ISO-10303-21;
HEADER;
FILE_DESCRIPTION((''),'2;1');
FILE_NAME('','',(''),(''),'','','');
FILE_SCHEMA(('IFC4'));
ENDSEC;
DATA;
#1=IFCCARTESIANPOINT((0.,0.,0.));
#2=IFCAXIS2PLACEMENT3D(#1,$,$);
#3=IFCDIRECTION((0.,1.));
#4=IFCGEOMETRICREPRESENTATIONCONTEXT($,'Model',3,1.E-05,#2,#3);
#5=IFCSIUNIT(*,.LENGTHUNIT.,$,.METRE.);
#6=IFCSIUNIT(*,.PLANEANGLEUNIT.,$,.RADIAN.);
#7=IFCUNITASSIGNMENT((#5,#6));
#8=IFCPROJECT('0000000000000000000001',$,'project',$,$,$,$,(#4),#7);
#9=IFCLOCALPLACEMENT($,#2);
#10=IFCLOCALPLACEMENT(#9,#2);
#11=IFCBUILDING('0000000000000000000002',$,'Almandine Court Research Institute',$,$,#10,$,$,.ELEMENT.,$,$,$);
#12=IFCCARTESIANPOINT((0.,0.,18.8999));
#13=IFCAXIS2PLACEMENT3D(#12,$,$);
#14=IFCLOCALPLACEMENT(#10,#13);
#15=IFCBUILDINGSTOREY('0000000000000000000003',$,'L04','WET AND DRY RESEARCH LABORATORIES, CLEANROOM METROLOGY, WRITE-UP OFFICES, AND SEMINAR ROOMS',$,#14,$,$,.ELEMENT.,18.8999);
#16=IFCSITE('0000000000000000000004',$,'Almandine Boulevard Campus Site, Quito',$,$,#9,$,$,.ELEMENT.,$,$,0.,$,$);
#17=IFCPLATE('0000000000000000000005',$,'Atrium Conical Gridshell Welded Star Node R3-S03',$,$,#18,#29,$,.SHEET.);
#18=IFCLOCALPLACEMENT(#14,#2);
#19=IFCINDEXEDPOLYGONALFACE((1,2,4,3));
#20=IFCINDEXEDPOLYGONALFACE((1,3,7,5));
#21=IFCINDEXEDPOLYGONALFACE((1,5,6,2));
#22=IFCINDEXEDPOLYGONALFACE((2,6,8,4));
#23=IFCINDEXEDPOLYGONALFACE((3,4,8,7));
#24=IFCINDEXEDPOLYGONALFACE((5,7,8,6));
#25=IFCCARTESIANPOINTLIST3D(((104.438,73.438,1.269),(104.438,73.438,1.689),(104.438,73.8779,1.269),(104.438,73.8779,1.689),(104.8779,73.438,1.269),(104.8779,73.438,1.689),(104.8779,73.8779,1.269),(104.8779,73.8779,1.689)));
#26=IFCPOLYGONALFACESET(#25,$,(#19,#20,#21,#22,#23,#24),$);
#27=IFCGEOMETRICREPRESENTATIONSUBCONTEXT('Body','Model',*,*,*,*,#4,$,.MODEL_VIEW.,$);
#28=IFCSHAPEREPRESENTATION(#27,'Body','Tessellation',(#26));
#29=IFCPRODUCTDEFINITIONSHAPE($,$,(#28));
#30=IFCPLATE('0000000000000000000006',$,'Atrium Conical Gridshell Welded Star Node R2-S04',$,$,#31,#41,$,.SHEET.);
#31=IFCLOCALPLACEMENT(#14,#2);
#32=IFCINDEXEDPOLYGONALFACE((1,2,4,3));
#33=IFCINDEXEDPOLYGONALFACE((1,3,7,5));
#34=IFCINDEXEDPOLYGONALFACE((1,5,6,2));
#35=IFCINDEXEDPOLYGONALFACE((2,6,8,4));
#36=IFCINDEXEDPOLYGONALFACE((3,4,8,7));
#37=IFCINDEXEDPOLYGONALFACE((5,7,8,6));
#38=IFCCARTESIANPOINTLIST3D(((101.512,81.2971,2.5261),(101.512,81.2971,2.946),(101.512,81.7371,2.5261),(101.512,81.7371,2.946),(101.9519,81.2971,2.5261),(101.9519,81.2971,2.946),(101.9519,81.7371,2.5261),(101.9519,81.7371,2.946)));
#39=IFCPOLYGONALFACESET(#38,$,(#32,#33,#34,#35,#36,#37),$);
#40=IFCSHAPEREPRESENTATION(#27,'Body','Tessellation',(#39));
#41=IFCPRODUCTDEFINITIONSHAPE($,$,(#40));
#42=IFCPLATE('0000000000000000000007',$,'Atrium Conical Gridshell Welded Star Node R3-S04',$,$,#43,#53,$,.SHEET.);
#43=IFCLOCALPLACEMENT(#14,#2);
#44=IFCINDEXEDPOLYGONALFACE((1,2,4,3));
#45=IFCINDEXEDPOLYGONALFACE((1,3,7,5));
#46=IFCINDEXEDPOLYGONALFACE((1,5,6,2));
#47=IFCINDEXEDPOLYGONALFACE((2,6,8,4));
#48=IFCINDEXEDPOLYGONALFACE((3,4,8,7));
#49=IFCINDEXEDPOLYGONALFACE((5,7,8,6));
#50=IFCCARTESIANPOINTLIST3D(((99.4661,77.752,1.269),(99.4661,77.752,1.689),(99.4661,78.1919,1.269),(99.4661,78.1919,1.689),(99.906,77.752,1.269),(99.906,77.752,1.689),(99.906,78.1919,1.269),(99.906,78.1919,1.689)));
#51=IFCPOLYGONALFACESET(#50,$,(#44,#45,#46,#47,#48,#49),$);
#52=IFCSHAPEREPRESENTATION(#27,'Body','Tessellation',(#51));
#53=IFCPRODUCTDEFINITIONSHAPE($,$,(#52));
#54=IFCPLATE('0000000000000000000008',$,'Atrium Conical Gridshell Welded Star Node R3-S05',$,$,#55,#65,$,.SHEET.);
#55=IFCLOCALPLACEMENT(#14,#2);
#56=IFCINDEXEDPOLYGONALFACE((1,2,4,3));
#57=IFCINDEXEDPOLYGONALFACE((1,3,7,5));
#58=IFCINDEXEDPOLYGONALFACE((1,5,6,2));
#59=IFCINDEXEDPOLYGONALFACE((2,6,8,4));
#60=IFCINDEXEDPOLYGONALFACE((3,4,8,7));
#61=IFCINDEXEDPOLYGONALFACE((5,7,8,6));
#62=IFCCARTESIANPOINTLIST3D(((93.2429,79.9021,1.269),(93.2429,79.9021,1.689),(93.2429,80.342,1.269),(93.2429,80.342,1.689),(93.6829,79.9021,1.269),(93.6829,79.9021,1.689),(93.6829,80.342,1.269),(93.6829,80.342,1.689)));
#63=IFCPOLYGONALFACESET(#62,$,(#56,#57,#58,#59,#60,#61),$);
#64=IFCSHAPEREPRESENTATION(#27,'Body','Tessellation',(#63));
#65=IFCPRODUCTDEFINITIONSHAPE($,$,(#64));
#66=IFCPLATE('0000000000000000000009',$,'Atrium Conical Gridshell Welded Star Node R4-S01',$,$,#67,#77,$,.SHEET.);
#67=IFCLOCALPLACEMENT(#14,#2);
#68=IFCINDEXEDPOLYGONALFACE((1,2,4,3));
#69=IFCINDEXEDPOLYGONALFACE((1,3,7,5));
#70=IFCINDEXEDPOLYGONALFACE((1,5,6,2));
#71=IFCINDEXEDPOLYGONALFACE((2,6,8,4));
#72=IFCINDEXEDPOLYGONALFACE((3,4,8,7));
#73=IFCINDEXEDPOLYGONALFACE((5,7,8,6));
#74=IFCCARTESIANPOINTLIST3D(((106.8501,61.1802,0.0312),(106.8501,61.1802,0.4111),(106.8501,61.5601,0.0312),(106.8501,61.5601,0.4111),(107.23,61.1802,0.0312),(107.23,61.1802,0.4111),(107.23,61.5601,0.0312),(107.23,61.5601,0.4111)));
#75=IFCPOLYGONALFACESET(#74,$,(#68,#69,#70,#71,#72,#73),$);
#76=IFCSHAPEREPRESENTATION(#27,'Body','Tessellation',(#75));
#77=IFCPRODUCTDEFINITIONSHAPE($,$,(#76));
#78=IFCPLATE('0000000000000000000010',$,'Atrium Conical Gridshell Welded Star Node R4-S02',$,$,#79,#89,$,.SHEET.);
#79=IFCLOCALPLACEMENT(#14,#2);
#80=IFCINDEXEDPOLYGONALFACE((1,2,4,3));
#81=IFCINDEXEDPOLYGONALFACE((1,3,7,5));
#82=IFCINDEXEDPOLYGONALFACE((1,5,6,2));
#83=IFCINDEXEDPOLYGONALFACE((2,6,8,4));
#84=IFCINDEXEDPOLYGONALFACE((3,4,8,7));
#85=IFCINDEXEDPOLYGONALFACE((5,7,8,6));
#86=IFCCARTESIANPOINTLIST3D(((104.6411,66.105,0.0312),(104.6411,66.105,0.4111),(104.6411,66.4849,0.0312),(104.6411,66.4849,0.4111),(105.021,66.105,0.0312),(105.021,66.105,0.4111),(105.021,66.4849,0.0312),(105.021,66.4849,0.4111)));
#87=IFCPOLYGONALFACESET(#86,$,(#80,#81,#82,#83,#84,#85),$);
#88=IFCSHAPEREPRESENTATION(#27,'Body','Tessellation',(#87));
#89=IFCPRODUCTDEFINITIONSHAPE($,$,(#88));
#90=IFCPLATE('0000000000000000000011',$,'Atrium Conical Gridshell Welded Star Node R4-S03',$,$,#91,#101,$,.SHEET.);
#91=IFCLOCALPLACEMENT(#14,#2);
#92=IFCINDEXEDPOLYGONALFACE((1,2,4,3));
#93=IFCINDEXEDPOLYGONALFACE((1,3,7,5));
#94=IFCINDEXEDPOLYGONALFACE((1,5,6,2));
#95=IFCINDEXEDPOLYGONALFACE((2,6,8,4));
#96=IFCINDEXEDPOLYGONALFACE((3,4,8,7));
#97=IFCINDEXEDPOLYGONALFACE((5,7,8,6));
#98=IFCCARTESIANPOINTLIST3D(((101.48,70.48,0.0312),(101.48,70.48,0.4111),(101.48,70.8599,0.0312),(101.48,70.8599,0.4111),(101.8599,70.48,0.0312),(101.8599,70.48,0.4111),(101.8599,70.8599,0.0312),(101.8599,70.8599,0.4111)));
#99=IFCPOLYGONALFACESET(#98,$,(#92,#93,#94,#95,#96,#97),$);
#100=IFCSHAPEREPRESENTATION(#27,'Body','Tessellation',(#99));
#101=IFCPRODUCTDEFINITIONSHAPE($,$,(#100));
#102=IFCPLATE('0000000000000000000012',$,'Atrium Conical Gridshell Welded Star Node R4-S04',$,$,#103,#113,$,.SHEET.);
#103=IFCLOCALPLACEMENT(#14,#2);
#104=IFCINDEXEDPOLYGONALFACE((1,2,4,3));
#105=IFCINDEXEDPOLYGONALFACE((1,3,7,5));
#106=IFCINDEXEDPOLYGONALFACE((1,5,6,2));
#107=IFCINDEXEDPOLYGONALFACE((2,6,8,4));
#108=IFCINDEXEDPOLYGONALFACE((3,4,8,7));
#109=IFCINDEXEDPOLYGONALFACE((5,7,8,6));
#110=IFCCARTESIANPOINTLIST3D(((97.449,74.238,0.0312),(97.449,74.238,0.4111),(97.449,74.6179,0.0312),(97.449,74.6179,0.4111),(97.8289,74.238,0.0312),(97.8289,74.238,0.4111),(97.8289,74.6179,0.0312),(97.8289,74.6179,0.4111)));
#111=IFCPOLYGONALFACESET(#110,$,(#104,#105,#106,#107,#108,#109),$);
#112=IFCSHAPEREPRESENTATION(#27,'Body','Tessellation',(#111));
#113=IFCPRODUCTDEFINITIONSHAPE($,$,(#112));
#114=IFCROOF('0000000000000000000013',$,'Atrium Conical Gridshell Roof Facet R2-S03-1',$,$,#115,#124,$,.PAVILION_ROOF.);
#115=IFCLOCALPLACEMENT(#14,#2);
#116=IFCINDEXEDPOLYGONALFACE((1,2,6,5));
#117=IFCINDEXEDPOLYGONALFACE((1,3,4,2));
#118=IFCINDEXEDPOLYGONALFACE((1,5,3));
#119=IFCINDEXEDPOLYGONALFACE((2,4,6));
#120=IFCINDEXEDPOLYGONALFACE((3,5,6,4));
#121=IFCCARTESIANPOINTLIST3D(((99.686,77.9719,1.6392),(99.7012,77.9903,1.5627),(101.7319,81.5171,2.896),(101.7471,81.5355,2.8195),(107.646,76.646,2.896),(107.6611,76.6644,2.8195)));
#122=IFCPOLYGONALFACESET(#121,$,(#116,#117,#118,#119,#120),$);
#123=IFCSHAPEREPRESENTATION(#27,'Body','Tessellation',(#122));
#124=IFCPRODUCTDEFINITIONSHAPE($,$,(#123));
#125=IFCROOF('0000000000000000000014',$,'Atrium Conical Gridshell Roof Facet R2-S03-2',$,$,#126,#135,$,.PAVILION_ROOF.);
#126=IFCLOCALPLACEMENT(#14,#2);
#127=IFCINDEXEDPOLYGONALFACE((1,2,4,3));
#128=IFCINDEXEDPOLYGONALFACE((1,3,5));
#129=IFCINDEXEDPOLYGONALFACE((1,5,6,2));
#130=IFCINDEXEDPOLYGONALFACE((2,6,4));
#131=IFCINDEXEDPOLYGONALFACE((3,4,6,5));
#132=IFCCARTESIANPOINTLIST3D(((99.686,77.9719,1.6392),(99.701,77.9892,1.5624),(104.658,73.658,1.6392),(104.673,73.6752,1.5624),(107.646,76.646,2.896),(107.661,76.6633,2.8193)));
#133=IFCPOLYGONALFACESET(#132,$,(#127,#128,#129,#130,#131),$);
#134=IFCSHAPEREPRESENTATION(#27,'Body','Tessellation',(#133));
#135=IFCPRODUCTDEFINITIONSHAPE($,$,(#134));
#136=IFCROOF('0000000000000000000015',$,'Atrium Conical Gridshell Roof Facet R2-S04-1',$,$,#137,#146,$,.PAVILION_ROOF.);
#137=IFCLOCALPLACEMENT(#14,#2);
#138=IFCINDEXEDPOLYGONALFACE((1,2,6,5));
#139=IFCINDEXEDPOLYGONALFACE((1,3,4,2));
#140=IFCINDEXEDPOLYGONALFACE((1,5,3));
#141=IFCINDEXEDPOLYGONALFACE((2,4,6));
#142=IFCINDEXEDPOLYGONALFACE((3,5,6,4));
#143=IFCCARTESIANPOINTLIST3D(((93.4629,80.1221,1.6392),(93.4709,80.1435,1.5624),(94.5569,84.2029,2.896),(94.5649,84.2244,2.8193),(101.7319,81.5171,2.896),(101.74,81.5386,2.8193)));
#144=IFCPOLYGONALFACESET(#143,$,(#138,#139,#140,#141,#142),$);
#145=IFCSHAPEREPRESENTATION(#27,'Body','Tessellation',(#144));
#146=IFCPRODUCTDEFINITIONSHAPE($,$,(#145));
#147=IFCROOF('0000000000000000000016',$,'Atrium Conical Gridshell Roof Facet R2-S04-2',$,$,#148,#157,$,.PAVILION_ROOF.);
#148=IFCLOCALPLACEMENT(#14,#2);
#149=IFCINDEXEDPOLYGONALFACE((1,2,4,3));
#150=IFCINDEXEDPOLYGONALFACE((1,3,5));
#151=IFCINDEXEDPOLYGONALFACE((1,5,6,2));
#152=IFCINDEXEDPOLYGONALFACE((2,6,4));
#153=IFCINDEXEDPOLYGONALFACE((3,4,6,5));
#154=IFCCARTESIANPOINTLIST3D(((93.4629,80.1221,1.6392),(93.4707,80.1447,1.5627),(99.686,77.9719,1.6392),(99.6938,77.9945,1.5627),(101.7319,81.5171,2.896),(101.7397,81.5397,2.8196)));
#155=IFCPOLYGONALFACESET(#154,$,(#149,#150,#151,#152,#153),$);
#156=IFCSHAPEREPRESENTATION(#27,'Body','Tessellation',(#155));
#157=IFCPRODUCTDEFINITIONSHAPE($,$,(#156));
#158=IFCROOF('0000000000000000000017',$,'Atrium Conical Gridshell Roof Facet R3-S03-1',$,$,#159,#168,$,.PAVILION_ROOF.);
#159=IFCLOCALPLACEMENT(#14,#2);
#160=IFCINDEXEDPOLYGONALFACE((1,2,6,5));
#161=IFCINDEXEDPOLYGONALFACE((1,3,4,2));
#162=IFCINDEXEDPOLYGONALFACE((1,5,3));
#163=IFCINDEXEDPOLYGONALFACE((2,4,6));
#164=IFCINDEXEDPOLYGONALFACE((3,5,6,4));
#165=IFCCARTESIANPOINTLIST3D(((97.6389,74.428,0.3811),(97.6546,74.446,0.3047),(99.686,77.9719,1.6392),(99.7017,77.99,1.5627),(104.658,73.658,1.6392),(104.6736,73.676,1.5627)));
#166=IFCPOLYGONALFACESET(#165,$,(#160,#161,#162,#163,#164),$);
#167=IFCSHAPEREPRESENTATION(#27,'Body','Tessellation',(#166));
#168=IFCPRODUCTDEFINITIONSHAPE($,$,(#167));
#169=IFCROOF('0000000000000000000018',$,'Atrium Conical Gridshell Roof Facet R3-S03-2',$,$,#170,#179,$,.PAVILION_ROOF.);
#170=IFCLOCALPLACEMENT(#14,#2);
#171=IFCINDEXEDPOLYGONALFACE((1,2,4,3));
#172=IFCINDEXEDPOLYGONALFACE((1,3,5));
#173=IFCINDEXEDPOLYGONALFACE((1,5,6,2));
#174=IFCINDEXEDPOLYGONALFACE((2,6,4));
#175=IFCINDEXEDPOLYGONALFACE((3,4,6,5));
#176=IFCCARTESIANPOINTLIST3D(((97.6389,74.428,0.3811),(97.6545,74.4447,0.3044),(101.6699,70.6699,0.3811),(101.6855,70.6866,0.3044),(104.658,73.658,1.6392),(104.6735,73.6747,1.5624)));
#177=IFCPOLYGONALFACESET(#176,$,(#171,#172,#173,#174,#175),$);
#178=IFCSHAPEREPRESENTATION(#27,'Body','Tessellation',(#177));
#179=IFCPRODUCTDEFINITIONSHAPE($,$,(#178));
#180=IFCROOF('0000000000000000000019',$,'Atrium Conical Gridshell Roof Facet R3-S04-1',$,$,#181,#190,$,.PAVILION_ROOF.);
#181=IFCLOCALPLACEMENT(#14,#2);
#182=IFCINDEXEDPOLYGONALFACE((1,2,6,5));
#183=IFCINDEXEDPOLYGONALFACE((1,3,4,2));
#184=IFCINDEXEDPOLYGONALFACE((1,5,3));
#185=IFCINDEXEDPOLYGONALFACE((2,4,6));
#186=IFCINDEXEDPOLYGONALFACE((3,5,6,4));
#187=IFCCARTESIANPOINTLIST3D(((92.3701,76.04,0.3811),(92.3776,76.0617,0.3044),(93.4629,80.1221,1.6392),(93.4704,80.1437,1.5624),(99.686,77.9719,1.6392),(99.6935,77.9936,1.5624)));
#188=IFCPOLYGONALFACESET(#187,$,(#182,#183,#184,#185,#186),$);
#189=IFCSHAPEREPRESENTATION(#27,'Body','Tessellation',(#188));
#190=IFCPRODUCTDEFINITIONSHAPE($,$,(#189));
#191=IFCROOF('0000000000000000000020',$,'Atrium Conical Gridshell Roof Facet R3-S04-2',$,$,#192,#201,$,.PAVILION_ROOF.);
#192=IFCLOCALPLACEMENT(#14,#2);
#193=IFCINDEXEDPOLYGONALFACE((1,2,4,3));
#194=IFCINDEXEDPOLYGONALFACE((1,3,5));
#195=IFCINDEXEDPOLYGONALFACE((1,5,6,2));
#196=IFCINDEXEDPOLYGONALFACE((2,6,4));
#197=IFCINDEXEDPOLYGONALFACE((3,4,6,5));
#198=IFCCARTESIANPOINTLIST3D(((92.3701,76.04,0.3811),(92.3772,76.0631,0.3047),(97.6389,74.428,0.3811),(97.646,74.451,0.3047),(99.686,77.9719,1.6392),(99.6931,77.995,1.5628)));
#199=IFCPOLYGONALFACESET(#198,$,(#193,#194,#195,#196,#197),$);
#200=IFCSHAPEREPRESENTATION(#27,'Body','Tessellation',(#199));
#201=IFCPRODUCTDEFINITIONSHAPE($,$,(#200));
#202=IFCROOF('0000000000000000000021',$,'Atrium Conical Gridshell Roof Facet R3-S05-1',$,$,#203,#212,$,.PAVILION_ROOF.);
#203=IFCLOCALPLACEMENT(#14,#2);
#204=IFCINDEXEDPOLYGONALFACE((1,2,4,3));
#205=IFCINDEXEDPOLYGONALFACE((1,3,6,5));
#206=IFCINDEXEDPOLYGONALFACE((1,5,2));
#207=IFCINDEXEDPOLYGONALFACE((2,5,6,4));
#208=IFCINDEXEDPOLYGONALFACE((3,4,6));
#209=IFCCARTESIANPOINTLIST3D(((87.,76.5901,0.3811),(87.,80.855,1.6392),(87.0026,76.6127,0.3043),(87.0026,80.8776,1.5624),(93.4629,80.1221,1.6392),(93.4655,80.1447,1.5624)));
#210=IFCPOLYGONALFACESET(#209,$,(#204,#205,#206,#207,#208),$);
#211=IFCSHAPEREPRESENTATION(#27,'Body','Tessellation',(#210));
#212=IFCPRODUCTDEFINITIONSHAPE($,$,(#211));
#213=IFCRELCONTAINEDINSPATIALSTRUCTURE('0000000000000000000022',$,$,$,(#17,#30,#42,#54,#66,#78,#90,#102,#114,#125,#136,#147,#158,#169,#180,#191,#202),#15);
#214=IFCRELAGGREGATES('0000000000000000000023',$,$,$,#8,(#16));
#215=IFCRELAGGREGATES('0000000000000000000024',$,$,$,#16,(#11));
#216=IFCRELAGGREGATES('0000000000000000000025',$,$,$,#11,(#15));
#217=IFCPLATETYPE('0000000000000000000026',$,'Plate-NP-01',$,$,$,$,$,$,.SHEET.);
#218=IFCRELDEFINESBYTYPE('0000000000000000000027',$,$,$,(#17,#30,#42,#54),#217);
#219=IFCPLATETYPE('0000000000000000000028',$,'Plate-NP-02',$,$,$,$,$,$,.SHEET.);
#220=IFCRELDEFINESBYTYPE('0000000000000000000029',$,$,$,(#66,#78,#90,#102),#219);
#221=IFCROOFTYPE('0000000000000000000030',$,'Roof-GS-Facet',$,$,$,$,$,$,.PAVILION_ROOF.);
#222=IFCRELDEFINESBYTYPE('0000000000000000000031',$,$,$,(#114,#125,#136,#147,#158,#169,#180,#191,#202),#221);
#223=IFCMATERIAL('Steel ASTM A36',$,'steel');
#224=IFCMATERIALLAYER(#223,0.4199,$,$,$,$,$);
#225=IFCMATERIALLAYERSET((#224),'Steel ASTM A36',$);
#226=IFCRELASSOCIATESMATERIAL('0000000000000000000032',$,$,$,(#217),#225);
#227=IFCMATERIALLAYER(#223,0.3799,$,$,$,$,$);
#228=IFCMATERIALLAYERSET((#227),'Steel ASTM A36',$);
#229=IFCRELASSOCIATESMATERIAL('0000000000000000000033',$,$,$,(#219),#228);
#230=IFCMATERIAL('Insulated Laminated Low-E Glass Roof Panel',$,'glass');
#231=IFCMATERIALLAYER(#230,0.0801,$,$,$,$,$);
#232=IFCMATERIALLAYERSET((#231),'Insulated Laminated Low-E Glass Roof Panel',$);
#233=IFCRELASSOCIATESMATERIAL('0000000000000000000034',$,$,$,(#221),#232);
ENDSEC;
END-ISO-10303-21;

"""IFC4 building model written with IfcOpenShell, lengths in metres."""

from ifc_helpers import new_model, si_unit, direction, frame, origin, origin_2d, place, context, subcontext, project, spatial, polyline, rectangle, outline, extrude, material, layer, layer_set, type_object, element, save


model = new_model("IFC4")

# Units and contexts
model_context = context("Model", 3, precision=1e-05, world=origin(), true_north=direction((0.0, 1.0)))
body_context = subcontext(model_context, "Body", "Model", "MODEL_VIEW")
ifc_project = project(units=[si_unit("LENGTHUNIT", "METRE"), si_unit("PLANEANGLEUNIT", "RADIAN")], contexts=[model_context])

# Site, building, storey
site_placement = place(None, origin())
site = spatial("IfcSite", under=ifc_project, at=site_placement, Name="Almandine Boulevard Campus Site, Quito", CompositionType="ELEMENT", RefElevation=0.0)
building_placement = place(site_placement, origin())
building = spatial("IfcBuilding", under=site, at=building_placement, Name="Almandine Court Research Institute", CompositionType="ELEMENT")
storey_placement = place(building_placement, frame((0.0, 0.0, 18.8999)))
storey = spatial("IfcBuildingStorey", under=building, at=storey_placement, Name="L04", Description="WET AND DRY RESEARCH LABORATORIES, CLEANROOM METROLOGY, WRITE-UP OFFICES, AND SEMINAR ROOMS", CompositionType="ELEMENT", Elevation=18.8999)

# Plates
ifc_material_1 = material(Name="Steel ASTM A36", Category="steel")
ifc_layer_1 = layer(ifc_material_1, 0.4199)
ifc_layer_set_1 = layer_set([ifc_layer_1], Name="Steel ASTM A36")
plate_type_1 = type_object("IfcPlateType", Name="Plate-NP-01", PredefinedType="SHEET", material=ifc_layer_set_1)
for number, where, z_axis, x_axis, name in (
    (1, (104.658, 73.658, 1.269), (0.0, 0.0, 1.0), (1.0, 0.0, 0.0), "Atrium Conical Gridshell Welded Star Node R3-S03"),
    (2, (101.7319, 81.5171, 2.5261), (0.0, 0.0, 1.0), (1.0, 0.0, 0.0), "Atrium Conical Gridshell Welded Star Node R2-S04"),
    (3, (99.686, 77.9719, 1.269), (0.0, 0.0, 1.0), (1.0, 0.0, 0.0), "Atrium Conical Gridshell Welded Star Node R3-S04"),
    (4, (93.4629, 80.1221, 1.269), (0.0, 0.0, 1.0), (1.0, 0.0, 0.0), "Atrium Conical Gridshell Welded Star Node R3-S05"),
):
    element("IfcPlate", number, at=place(storey_placement, frame(where, z_axis=z_axis, x_axis=x_axis)), inside=storey, type_object=plate_type_1, Name=name, PredefinedType="SHEET", context=body_context, shape_type="SweptSolid", body=[
        extrude(rectangle(XDim=0.4399, YDim=0.4399, at=origin_2d()), origin(), (0.0, 0.0, 1.0), 0.4199),
    ])
ifc_layer_2 = layer(ifc_material_1, 0.3799)
ifc_layer_set_2 = layer_set([ifc_layer_2], Name="Steel ASTM A36")
plate_type_2 = type_object("IfcPlateType", Name="Plate-NP-02", PredefinedType="SHEET", material=ifc_layer_set_2)
for number, where, z_axis, x_axis, name in (
    (5, (107.04, 61.3701, 0.0312), (0.0, 0.0, 1.0), (1.0, 0.0, 0.0), "Atrium Conical Gridshell Welded Star Node R4-S01"),
    (6, (104.8311, 66.2949, 0.0312), (0.0, 0.0, 1.0), (1.0, 0.0, 0.0), "Atrium Conical Gridshell Welded Star Node R4-S02"),
    (7, (101.6699, 70.6699, 0.0312), (0.0, 0.0, 1.0), (1.0, 0.0, 0.0), "Atrium Conical Gridshell Welded Star Node R4-S03"),
    (8, (97.6389, 74.428, 0.0312), (0.0, 0.0, 1.0), (1.0, 0.0, 0.0), "Atrium Conical Gridshell Welded Star Node R4-S04"),
):
    element("IfcPlate", number, at=place(storey_placement, frame(where, z_axis=z_axis, x_axis=x_axis)), inside=storey, type_object=plate_type_2, Name=name, PredefinedType="SHEET", context=body_context, shape_type="SweptSolid", body=[
        extrude(rectangle(XDim=0.3799, YDim=0.3799, at=origin_2d()), origin(), (0.0, 0.0, 1.0), 0.3799),
    ])

# Roofs
ifc_material_2 = material(Name="Insulated Laminated Low-E Glass Roof Panel", Category="glass")
ifc_layer_3 = layer(ifc_material_2, 0.0801)
ifc_layer_set_3 = layer_set([ifc_layer_3], Name="Insulated Laminated Low-E Glass Roof Panel")
roof_type = type_object("IfcRoofType", Name="Roof-GS-Facet", PredefinedType="PAVILION_ROOF", material=ifc_layer_set_3)
roof_1_placement = place(storey_placement, frame((107.646, 76.646, 2.896), z_axis=(-0.188977, -0.229439, 0.954801), x_axis=(-0.771886, 0.635761, 0.0)))
element("IfcRoof", 9, at=roof_1_placement, inside=storey, type_object=roof_type, Name="Atrium Conical Gridshell Roof Facet R2-S03-1", PredefinedType="PAVILION_ROOF", context=body_context, shape_type="SweptSolid", body=[
    extrude(outline(polyline([(0.0, 0.0), (7.6618, 0.0), (6.9872, 4.2283), (0.0, 0.0)])), origin(), (0.0, 0.0, -1.0), 0.0801),
])
roof_2_placement = place(storey_placement, frame((107.646, 76.646, 2.896), z_axis=(-0.187262, -0.215823, 0.958307), x_axis=(-0.974658, 0.162353, -0.153893)))
element("IfcRoof", 10, at=roof_2_placement, inside=storey, type_object=roof_type, Name="Atrium Conical Gridshell Roof Facet R2-S03-2", PredefinedType="PAVILION_ROOF", context=body_context, shape_type="SweptSolid", body=[
    extrude(outline(polyline([(0.0, 0.0), (8.1669, 0.0), (2.6206, 3.5452), (0.0, 0.0)])), origin(), (0.0, 0.0, -1.0), 0.0801),
])
roof_3_placement = place(storey_placement, frame((101.7319, 81.5171, 2.896), z_axis=(-0.100385, -0.268178, 0.958125), x_axis=(-0.936537, 0.350568, 0.0)))
element("IfcRoof", 11, at=roof_3_placement, inside=storey, type_object=roof_type, Name="Atrium Conical Gridshell Roof Facet R2-S04-1", PredefinedType="PAVILION_ROOF", context=body_context, shape_type="SweptSolid", body=[
    extrude(outline(polyline([(0.0, 0.0), (7.6613, 0.0), (7.2552, 4.3891), (0.0, 0.0)])), origin(), (0.0, 0.0, -1.0), 0.0801),
])
roof_4_placement = place(storey_placement, frame((101.7319, 81.5171, 2.896), z_axis=(-0.097472, -0.282111, 0.954418), x_axis=(-0.975175, -0.164516, -0.14822)))
element("IfcRoof", 12, at=roof_4_placement, inside=storey, type_object=roof_type, Name="Atrium Conical Gridshell Roof Facet R2-S04-2", PredefinedType="PAVILION_ROOF", context=body_context, shape_type="SweptSolid", body=[
    extrude(outline(polyline([(0.0, 0.0), (8.4796, 0.0), (2.7646, 3.2696), (0.0, 0.0)])), origin(), (0.0, 0.0, -1.0), 0.0801),
])
roof_5_placement = place(storey_placement, frame((104.658, 73.658, 1.6392), z_axis=(-0.195805, -0.225669, 0.954324), x_axis=(-0.755316, 0.655361, 0.0)))
element("IfcRoof", 13, at=roof_5_placement, inside=storey, type_object=roof_type, Name="Atrium Conical Gridshell Roof Facet R3-S03-1", PredefinedType="PAVILION_ROOF", context=body_context, shape_type="SweptSolid", body=[
    extrude(outline(polyline([(0.0, 0.0), (6.5826, 0.0), (5.8062, 4.2107), (0.0, 0.0)])), origin(), (0.0, 0.0, -1.0), 0.0801),
])
roof_6_placement = place(storey_placement, frame((104.658, 73.658, 1.6392), z_axis=(-0.194684, -0.208824, 0.958379), x_axis=(-0.978625, 0.107359, -0.175404)))
element("IfcRoof", 14, at=roof_6_placement, inside=storey, type_object=roof_type, Name="Atrium Conical Gridshell Roof Facet R3-S03-2", PredefinedType="PAVILION_ROOF", context=body_context, shape_type="SweptSolid", body=[
    extrude(outline(polyline([(0.0, 0.0), (7.1723, 0.0), (2.824, 3.3859), (0.0, 0.0)])), origin(), (0.0, 0.0, -1.0), 0.0801),
])
roof_7_placement = place(storey_placement, frame((99.686, 77.9719, 1.6392), z_axis=(-0.093397, -0.270318, 0.95823), x_axis=(-0.945175, 0.326565, 0.0)))
element("IfcRoof", 15, at=roof_7_placement, inside=storey, type_object=roof_type, Name="Atrium Conical Gridshell Roof Facet R3-S04-1", PredefinedType="PAVILION_ROOF", context=body_context, shape_type="SweptSolid", body=[
    extrude(outline(polyline([(0.0, 0.0), (6.5841, 0.0), (6.2839, 4.3988), (0.0, 0.0)])), origin(), (0.0, 0.0, -1.0), 0.0801),
])
roof_8_placement = place(storey_placement, frame((99.686, 77.9719, 1.6392), z_axis=(-0.088024, -0.287694, 0.953669), x_axis=(-0.953765, -0.251857, -0.164011)))
element("IfcRoof", 16, at=roof_8_placement, inside=storey, type_object=roof_type, Name="Atrium Conical Gridshell Roof Facet R3-S04-2", PredefinedType="PAVILION_ROOF", context=body_context, shape_type="SweptSolid", body=[
    extrude(outline(polyline([(0.0, 0.0), (7.6706, 0.0), (3.0514, 3.0037), (0.0, 0.0)])), origin(), (0.0, 0.0, -1.0), 0.0801),
])
roof_9_placement = place(storey_placement, frame((93.4629, 80.1221, 1.6392), z_axis=(-0.032068, -0.282782, 0.958648), x_axis=(-0.993631, 0.112681, 0.0)))
element("IfcRoof", 17, at=roof_9_placement, inside=storey, type_object=roof_type, Name="Atrium Conical Gridshell Roof Facet R3-S05-1", PredefinedType="PAVILION_ROOF", context=body_context, shape_type="SweptSolid", body=[
    extrude(outline(polyline([(0.0, 0.0), (6.5043, 0.0), (6.0237, 4.4205), (0.0, 0.0)])), origin(), (0.0, 0.0, -1.0), 0.0801),
])

save(model, "model.ifc")
